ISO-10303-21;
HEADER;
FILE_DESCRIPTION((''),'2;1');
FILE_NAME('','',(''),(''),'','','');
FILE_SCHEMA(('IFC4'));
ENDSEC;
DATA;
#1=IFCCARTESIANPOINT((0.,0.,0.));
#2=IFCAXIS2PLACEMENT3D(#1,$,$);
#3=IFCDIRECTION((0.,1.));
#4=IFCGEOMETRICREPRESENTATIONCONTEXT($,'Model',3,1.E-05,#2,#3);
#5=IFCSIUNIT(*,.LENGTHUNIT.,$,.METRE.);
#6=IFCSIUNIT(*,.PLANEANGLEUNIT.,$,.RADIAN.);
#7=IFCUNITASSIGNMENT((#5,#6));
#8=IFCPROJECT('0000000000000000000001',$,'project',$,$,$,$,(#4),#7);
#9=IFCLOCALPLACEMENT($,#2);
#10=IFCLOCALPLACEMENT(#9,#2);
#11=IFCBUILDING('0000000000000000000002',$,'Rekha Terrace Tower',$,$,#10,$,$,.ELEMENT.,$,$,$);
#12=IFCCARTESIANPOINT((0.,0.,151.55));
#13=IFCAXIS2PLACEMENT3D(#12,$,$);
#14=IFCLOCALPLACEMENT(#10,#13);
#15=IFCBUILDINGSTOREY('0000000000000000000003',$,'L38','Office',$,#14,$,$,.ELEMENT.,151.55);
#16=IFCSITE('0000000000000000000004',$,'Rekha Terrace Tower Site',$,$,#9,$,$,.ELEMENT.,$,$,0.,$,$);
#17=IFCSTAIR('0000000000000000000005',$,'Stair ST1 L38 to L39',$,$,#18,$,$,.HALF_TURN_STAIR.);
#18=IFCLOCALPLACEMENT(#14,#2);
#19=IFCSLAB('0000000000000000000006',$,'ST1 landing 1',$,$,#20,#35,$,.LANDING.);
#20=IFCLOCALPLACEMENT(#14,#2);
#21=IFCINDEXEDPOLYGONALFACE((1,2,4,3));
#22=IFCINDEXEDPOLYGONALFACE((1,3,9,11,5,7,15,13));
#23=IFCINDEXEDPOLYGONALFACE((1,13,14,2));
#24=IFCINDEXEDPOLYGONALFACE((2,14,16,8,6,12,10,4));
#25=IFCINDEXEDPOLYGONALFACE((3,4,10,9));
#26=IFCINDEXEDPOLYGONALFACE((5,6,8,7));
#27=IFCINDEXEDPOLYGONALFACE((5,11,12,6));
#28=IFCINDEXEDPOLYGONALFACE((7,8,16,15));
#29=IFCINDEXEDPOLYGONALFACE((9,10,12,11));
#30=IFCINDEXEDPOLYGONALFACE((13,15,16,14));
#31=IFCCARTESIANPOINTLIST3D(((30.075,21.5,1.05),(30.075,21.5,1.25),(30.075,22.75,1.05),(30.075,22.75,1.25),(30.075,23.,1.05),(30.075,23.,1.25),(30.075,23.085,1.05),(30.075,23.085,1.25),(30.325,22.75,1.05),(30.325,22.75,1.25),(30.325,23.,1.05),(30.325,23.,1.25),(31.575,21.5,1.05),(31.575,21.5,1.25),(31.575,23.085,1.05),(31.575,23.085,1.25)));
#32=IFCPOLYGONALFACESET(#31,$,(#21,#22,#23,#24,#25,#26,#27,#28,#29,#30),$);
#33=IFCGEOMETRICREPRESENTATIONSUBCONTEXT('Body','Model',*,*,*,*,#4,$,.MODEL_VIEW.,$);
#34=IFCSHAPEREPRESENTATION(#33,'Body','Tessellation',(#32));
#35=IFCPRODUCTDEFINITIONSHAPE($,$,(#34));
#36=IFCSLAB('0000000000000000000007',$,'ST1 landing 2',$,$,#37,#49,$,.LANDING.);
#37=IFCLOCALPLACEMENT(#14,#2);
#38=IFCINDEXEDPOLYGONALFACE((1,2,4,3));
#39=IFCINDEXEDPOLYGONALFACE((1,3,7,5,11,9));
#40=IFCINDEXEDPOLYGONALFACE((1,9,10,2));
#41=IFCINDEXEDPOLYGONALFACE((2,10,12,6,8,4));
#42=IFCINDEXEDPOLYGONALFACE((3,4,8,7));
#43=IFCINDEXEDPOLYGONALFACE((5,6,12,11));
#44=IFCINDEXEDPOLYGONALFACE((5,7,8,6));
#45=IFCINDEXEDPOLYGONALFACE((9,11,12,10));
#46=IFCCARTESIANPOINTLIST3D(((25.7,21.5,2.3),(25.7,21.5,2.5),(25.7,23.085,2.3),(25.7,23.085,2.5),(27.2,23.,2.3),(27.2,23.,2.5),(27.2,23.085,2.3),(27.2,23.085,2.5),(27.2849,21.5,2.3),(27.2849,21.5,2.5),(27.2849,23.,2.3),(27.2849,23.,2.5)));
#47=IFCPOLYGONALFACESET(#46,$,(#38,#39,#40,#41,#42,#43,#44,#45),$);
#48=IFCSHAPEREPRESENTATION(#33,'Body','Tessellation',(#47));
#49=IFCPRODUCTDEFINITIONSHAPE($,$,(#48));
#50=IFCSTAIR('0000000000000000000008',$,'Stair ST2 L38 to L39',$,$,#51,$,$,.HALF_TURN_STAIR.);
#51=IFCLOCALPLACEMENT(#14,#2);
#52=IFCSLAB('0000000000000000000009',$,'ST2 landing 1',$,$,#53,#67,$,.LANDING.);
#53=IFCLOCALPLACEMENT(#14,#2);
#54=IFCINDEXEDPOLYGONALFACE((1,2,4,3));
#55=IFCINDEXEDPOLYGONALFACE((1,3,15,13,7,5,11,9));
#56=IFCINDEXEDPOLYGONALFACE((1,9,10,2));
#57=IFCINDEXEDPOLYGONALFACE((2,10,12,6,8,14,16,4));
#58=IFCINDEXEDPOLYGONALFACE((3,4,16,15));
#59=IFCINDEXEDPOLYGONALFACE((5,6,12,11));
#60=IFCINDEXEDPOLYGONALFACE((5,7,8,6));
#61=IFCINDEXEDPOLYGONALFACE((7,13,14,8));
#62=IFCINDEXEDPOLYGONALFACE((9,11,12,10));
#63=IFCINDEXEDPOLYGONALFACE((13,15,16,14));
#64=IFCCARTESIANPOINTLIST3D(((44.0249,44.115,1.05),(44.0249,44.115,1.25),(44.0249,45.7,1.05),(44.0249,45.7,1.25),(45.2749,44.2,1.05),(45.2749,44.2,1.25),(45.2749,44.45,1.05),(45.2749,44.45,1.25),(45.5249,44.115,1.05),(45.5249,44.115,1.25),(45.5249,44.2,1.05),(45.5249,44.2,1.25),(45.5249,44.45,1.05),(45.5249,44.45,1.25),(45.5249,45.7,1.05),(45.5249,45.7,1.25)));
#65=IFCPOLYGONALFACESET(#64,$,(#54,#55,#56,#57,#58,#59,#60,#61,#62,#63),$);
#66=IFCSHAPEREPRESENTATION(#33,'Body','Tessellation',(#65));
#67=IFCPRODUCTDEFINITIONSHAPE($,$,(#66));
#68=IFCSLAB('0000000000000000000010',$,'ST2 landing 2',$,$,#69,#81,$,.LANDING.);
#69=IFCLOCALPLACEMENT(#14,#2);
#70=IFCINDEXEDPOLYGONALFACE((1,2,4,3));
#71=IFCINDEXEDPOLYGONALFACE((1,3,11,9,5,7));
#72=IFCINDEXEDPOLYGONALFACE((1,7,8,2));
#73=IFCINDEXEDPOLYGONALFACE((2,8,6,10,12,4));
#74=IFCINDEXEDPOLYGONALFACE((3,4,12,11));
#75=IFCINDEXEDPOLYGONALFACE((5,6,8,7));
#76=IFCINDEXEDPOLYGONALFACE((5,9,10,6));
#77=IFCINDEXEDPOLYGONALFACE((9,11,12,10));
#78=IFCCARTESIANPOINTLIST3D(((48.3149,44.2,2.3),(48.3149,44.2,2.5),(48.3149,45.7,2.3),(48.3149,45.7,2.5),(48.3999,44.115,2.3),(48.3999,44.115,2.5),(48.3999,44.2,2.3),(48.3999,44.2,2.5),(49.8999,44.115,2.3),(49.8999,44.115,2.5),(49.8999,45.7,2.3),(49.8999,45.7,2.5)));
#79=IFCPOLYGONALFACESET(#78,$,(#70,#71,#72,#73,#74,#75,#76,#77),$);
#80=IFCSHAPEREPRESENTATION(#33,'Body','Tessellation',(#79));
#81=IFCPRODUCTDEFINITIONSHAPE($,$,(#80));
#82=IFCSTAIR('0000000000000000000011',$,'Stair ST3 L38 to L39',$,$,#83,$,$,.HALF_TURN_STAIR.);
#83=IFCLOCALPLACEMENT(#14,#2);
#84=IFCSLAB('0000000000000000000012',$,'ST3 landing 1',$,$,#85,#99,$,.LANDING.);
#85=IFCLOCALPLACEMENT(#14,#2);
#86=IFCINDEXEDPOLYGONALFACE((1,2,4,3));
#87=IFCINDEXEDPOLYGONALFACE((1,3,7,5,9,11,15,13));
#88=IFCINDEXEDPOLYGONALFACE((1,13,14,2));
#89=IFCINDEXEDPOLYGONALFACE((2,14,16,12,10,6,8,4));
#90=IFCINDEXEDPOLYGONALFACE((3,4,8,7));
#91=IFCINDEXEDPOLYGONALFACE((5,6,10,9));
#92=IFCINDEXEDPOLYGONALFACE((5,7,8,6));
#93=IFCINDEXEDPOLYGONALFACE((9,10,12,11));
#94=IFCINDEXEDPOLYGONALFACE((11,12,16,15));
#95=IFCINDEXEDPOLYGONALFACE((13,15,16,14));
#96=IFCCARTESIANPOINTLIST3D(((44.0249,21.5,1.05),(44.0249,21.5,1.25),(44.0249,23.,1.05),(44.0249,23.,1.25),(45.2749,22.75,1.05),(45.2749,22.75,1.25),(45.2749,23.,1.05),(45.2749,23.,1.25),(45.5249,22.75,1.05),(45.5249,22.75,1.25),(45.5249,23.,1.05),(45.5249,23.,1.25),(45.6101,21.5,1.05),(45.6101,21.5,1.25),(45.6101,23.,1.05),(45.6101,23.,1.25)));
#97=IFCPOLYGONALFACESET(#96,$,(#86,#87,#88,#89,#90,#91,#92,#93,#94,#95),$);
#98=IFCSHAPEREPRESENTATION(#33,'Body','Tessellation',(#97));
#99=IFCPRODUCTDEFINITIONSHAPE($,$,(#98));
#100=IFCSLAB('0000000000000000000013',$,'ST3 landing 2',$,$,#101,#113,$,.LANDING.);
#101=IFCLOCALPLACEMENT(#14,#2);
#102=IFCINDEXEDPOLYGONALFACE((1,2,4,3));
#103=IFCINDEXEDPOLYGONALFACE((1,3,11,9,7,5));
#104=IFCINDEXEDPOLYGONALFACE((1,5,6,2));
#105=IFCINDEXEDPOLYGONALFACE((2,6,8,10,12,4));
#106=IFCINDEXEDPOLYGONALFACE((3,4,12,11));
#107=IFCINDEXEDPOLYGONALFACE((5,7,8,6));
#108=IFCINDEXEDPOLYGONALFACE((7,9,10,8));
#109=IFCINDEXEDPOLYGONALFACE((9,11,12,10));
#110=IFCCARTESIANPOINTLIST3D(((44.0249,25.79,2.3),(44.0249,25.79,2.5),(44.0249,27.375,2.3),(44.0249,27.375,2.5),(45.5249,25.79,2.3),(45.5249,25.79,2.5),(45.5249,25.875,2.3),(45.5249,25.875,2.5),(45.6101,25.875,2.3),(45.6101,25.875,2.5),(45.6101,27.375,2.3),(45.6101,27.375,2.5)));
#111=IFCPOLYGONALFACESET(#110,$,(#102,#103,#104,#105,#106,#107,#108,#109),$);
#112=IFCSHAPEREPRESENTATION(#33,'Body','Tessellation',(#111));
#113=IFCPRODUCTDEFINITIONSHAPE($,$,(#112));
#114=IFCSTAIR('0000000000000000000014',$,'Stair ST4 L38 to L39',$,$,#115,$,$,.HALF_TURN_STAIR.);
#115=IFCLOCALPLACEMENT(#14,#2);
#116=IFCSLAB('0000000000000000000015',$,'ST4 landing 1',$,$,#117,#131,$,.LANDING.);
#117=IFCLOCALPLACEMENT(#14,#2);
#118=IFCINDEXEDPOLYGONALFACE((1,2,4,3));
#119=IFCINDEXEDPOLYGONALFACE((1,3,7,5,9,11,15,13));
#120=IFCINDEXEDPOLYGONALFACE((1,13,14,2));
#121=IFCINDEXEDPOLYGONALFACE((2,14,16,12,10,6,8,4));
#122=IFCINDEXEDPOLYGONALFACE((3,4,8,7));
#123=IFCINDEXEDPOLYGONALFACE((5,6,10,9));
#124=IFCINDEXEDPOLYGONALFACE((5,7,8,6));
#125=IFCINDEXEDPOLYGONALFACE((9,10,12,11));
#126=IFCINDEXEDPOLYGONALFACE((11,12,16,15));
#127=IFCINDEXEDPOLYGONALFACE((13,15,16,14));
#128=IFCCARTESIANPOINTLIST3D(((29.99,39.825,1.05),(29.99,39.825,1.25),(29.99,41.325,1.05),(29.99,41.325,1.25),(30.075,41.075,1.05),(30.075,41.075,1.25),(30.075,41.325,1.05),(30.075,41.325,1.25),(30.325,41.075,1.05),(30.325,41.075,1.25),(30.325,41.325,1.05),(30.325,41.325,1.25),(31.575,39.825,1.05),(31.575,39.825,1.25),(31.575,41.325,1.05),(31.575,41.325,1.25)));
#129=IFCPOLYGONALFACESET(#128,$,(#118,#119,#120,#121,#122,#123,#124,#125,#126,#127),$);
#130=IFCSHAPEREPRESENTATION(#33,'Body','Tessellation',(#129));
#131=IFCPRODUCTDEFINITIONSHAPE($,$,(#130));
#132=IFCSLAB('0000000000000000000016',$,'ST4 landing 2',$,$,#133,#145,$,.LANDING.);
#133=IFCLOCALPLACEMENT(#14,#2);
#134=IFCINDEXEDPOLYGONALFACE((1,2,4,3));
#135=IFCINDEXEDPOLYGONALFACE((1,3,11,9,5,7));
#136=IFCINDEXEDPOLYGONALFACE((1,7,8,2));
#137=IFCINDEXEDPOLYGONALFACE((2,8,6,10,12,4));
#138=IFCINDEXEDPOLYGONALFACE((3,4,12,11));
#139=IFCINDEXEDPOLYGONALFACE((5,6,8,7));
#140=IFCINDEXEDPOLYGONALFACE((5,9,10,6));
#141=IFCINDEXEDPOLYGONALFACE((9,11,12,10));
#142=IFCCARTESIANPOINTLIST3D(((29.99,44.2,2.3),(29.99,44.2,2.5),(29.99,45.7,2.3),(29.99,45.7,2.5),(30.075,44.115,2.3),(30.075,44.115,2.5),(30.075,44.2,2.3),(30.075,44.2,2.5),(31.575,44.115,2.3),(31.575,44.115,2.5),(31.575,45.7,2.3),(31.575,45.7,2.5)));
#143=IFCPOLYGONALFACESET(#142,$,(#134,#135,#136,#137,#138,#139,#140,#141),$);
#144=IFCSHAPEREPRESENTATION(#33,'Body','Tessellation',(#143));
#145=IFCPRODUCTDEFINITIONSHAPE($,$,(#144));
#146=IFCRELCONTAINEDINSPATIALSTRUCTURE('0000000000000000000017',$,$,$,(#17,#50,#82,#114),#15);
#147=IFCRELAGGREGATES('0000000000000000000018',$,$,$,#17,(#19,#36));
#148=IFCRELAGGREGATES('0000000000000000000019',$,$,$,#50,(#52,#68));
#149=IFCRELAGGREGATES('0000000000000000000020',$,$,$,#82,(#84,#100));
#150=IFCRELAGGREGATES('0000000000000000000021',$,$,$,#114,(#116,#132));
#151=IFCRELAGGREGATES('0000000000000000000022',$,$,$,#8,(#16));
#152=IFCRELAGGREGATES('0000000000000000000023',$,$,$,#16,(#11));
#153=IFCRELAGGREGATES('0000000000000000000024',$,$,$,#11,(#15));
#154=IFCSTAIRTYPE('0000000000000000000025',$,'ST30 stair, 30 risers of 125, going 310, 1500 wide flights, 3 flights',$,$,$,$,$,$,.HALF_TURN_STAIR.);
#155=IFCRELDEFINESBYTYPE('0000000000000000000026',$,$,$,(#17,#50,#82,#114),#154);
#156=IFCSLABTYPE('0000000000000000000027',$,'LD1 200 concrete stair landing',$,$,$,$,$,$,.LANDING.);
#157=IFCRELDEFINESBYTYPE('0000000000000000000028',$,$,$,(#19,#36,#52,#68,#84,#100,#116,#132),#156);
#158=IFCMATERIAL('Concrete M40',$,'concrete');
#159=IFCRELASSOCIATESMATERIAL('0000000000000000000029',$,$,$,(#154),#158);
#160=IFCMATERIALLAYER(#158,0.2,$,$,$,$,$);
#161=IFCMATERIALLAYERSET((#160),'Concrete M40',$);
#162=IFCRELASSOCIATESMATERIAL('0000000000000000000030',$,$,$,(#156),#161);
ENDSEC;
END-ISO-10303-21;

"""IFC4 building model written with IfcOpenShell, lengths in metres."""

from ifc_helpers import new_model, si_unit, direction, frame, origin, place, context, subcontext, project, spatial, polyline, outline, extrude, material, layer, layer_set, type_object, element, aggregate, save


model = new_model("IFC4")

# Units and contexts
model_context = context("Model", 3, precision=1e-05, world=origin(), true_north=direction((0.0, 1.0)))
body_context = subcontext(model_context, "Body", "Model", "MODEL_VIEW")
ifc_project = project(units=[si_unit("LENGTHUNIT", "METRE"), si_unit("PLANEANGLEUNIT", "RADIAN")], contexts=[model_context])

# Site, building, storey
site_placement = place(None, origin())
site = spatial("IfcSite", under=ifc_project, at=site_placement, Name="Rekha Terrace Tower Site", CompositionType="ELEMENT", RefElevation=0.0)
building_placement = place(site_placement, origin())
building = spatial("IfcBuilding", under=site, at=building_placement, Name="Rekha Terrace Tower", CompositionType="ELEMENT")
storey_placement = place(building_placement, frame((0.0, 0.0, 151.55)))
storey = spatial("IfcBuildingStorey", under=building, at=storey_placement, Name="L38", Description="Office", CompositionType="ELEMENT", Elevation=151.55)

# Stairs, slabs
ifc_material_1 = material(Name="Concrete M40", Category="concrete")
stair_type = type_object("IfcStairType", Name="ST30 stair, 30 risers of 125, going 310, 1500 wide flights, 3 flights", PredefinedType="HALF_TURN_STAIR", material=ifc_material_1)
stair_1_placement = place(storey_placement, origin())
stair_1 = element("IfcStair", 1, at=stair_1_placement, inside=storey, type_object=stair_type, Name="Stair ST1 L38 to L39", PredefinedType="HALF_TURN_STAIR")
ifc_layer_1 = layer(ifc_material_1, 0.2)
ifc_layer_set_1 = layer_set([ifc_layer_1], Name="Concrete M40")
slab_type_1 = type_object("IfcSlabType", Name="LD1 200 concrete stair landing", PredefinedType="LANDING", material=ifc_layer_set_1)
slab_1_placement = place(storey_placement, frame((0.0, 0.0, 1.05)))
slab_1 = element("IfcSlab", 2, at=slab_1_placement, type_object=slab_type_1, Name="ST1 landing 1", PredefinedType="LANDING", context=body_context, shape_type="SweptSolid", body=[
    extrude(outline(polyline([(30.075, 21.5), (31.575, 21.5), (31.575, 23.085), (30.075, 23.085), (30.075, 23.0), (30.325, 23.0), (30.325, 22.75), (30.075, 22.75), (30.075, 21.5)])), origin(), (0.0, 0.0, 1.0), 0.2),
])
slab_2_placement = place(storey_placement, frame((0.0, 0.0, 2.3)))
slab_2 = element("IfcSlab", 3, at=slab_2_placement, type_object=slab_type_1, Name="ST1 landing 2", PredefinedType="LANDING", context=body_context, shape_type="SweptSolid", body=[
    extrude(outline(polyline([(27.2, 23.085), (25.7, 23.085), (25.7, 21.5), (27.2849, 21.5), (27.2849, 23.0), (27.2, 23.0), (27.2, 23.085)])), origin(), (0.0, 0.0, 1.0), 0.2),
])
aggregate(stair_1, [slab_1, slab_2])
stair_2_placement = place(storey_placement, origin())
stair_2 = element("IfcStair", 4, at=stair_2_placement, inside=storey, type_object=stair_type, Name="Stair ST2 L38 to L39", PredefinedType="HALF_TURN_STAIR")
slab_3_placement = place(storey_placement, frame((0.0, 0.0, 1.05)))
slab_3 = element("IfcSlab", 5, at=slab_3_placement, type_object=slab_type_1, Name="ST2 landing 1", PredefinedType="LANDING", context=body_context, shape_type="SweptSolid", body=[
    extrude(outline(polyline([(45.5249, 45.7), (44.0249, 45.7), (44.0249, 44.115), (45.5249, 44.115), (45.5249, 44.2), (45.2749, 44.2), (45.2749, 44.45), (45.5249, 44.45), (45.5249, 45.7)])), origin(), (0.0, 0.0, 1.0), 0.2),
])
slab_4_placement = place(storey_placement, frame((0.0, 0.0, 2.3)))
slab_4 = element("IfcSlab", 6, at=slab_4_placement, type_object=slab_type_1, Name="ST2 landing 2", PredefinedType="LANDING", context=body_context, shape_type="SweptSolid", body=[
    extrude(outline(polyline([(48.3999, 44.115), (49.8999, 44.115), (49.8999, 45.7), (48.3149, 45.7), (48.3149, 44.2), (48.3999, 44.2), (48.3999, 44.115)])), origin(), (0.0, 0.0, 1.0), 0.2),
])
aggregate(stair_2, [slab_3, slab_4])
stair_3_placement = place(storey_placement, origin())
stair_3 = element("IfcStair", 7, at=stair_3_placement, inside=storey, type_object=stair_type, Name="Stair ST3 L38 to L39", PredefinedType="HALF_TURN_STAIR")
slab_5_placement = place(storey_placement, frame((0.0, 0.0, 1.05)))
slab_5 = element("IfcSlab", 8, at=slab_5_placement, type_object=slab_type_1, Name="ST3 landing 1", PredefinedType="LANDING", context=body_context, shape_type="SweptSolid", body=[
    extrude(outline(polyline([(44.0249, 23.0), (44.0249, 21.5), (45.6101, 21.5), (45.6101, 23.0), (45.5249, 23.0), (45.5249, 22.75), (45.2749, 22.75), (45.2749, 23.0), (44.0249, 23.0)])), origin(), (0.0, 0.0, 1.0), 0.2),
])
slab_6_placement = place(storey_placement, frame((0.0, 0.0, 2.3)))
slab_6 = element("IfcSlab", 9, at=slab_6_placement, type_object=slab_type_1, Name="ST3 landing 2", PredefinedType="LANDING", context=body_context, shape_type="SweptSolid", body=[
    extrude(outline(polyline([(45.6101, 25.875), (45.6101, 27.375), (44.0249, 27.375), (44.0249, 25.79), (45.5249, 25.79), (45.5249, 25.875), (45.6101, 25.875)])), origin(), (0.0, 0.0, 1.0), 0.2),
])
aggregate(stair_3, [slab_5, slab_6])
stair_4_placement = place(storey_placement, origin())
stair_4 = element("IfcStair", 10, at=stair_4_placement, inside=storey, type_object=stair_type, Name="Stair ST4 L38 to L39", PredefinedType="HALF_TURN_STAIR")
slab_7_placement = place(storey_placement, frame((0.0, 0.0, 1.05)))
slab_7 = element("IfcSlab", 11, at=slab_7_placement, type_object=slab_type_1, Name="ST4 landing 1", PredefinedType="LANDING", context=body_context, shape_type="SweptSolid", body=[
    extrude(outline(polyline([(31.575, 41.325), (31.575, 39.825), (29.99, 39.825), (29.99, 41.325), (30.075, 41.325), (30.075, 41.075), (30.325, 41.075), (30.325, 41.325), (31.575, 41.325)])), origin(), (0.0, 0.0, 1.0), 0.2),
])
slab_8_placement = place(storey_placement, frame((0.0, 0.0, 2.3)))
slab_8 = element("IfcSlab", 12, at=slab_8_placement, type_object=slab_type_1, Name="ST4 landing 2", PredefinedType="LANDING", context=body_context, shape_type="SweptSolid", body=[
    extrude(outline(polyline([(29.99, 44.2), (29.99, 45.7), (31.575, 45.7), (31.575, 44.115), (30.075, 44.115), (30.075, 44.2), (29.99, 44.2)])), origin(), (0.0, 0.0, 1.0), 0.2),
])
aggregate(stair_4, [slab_7, slab_8])

save(model, "model.ifc")
